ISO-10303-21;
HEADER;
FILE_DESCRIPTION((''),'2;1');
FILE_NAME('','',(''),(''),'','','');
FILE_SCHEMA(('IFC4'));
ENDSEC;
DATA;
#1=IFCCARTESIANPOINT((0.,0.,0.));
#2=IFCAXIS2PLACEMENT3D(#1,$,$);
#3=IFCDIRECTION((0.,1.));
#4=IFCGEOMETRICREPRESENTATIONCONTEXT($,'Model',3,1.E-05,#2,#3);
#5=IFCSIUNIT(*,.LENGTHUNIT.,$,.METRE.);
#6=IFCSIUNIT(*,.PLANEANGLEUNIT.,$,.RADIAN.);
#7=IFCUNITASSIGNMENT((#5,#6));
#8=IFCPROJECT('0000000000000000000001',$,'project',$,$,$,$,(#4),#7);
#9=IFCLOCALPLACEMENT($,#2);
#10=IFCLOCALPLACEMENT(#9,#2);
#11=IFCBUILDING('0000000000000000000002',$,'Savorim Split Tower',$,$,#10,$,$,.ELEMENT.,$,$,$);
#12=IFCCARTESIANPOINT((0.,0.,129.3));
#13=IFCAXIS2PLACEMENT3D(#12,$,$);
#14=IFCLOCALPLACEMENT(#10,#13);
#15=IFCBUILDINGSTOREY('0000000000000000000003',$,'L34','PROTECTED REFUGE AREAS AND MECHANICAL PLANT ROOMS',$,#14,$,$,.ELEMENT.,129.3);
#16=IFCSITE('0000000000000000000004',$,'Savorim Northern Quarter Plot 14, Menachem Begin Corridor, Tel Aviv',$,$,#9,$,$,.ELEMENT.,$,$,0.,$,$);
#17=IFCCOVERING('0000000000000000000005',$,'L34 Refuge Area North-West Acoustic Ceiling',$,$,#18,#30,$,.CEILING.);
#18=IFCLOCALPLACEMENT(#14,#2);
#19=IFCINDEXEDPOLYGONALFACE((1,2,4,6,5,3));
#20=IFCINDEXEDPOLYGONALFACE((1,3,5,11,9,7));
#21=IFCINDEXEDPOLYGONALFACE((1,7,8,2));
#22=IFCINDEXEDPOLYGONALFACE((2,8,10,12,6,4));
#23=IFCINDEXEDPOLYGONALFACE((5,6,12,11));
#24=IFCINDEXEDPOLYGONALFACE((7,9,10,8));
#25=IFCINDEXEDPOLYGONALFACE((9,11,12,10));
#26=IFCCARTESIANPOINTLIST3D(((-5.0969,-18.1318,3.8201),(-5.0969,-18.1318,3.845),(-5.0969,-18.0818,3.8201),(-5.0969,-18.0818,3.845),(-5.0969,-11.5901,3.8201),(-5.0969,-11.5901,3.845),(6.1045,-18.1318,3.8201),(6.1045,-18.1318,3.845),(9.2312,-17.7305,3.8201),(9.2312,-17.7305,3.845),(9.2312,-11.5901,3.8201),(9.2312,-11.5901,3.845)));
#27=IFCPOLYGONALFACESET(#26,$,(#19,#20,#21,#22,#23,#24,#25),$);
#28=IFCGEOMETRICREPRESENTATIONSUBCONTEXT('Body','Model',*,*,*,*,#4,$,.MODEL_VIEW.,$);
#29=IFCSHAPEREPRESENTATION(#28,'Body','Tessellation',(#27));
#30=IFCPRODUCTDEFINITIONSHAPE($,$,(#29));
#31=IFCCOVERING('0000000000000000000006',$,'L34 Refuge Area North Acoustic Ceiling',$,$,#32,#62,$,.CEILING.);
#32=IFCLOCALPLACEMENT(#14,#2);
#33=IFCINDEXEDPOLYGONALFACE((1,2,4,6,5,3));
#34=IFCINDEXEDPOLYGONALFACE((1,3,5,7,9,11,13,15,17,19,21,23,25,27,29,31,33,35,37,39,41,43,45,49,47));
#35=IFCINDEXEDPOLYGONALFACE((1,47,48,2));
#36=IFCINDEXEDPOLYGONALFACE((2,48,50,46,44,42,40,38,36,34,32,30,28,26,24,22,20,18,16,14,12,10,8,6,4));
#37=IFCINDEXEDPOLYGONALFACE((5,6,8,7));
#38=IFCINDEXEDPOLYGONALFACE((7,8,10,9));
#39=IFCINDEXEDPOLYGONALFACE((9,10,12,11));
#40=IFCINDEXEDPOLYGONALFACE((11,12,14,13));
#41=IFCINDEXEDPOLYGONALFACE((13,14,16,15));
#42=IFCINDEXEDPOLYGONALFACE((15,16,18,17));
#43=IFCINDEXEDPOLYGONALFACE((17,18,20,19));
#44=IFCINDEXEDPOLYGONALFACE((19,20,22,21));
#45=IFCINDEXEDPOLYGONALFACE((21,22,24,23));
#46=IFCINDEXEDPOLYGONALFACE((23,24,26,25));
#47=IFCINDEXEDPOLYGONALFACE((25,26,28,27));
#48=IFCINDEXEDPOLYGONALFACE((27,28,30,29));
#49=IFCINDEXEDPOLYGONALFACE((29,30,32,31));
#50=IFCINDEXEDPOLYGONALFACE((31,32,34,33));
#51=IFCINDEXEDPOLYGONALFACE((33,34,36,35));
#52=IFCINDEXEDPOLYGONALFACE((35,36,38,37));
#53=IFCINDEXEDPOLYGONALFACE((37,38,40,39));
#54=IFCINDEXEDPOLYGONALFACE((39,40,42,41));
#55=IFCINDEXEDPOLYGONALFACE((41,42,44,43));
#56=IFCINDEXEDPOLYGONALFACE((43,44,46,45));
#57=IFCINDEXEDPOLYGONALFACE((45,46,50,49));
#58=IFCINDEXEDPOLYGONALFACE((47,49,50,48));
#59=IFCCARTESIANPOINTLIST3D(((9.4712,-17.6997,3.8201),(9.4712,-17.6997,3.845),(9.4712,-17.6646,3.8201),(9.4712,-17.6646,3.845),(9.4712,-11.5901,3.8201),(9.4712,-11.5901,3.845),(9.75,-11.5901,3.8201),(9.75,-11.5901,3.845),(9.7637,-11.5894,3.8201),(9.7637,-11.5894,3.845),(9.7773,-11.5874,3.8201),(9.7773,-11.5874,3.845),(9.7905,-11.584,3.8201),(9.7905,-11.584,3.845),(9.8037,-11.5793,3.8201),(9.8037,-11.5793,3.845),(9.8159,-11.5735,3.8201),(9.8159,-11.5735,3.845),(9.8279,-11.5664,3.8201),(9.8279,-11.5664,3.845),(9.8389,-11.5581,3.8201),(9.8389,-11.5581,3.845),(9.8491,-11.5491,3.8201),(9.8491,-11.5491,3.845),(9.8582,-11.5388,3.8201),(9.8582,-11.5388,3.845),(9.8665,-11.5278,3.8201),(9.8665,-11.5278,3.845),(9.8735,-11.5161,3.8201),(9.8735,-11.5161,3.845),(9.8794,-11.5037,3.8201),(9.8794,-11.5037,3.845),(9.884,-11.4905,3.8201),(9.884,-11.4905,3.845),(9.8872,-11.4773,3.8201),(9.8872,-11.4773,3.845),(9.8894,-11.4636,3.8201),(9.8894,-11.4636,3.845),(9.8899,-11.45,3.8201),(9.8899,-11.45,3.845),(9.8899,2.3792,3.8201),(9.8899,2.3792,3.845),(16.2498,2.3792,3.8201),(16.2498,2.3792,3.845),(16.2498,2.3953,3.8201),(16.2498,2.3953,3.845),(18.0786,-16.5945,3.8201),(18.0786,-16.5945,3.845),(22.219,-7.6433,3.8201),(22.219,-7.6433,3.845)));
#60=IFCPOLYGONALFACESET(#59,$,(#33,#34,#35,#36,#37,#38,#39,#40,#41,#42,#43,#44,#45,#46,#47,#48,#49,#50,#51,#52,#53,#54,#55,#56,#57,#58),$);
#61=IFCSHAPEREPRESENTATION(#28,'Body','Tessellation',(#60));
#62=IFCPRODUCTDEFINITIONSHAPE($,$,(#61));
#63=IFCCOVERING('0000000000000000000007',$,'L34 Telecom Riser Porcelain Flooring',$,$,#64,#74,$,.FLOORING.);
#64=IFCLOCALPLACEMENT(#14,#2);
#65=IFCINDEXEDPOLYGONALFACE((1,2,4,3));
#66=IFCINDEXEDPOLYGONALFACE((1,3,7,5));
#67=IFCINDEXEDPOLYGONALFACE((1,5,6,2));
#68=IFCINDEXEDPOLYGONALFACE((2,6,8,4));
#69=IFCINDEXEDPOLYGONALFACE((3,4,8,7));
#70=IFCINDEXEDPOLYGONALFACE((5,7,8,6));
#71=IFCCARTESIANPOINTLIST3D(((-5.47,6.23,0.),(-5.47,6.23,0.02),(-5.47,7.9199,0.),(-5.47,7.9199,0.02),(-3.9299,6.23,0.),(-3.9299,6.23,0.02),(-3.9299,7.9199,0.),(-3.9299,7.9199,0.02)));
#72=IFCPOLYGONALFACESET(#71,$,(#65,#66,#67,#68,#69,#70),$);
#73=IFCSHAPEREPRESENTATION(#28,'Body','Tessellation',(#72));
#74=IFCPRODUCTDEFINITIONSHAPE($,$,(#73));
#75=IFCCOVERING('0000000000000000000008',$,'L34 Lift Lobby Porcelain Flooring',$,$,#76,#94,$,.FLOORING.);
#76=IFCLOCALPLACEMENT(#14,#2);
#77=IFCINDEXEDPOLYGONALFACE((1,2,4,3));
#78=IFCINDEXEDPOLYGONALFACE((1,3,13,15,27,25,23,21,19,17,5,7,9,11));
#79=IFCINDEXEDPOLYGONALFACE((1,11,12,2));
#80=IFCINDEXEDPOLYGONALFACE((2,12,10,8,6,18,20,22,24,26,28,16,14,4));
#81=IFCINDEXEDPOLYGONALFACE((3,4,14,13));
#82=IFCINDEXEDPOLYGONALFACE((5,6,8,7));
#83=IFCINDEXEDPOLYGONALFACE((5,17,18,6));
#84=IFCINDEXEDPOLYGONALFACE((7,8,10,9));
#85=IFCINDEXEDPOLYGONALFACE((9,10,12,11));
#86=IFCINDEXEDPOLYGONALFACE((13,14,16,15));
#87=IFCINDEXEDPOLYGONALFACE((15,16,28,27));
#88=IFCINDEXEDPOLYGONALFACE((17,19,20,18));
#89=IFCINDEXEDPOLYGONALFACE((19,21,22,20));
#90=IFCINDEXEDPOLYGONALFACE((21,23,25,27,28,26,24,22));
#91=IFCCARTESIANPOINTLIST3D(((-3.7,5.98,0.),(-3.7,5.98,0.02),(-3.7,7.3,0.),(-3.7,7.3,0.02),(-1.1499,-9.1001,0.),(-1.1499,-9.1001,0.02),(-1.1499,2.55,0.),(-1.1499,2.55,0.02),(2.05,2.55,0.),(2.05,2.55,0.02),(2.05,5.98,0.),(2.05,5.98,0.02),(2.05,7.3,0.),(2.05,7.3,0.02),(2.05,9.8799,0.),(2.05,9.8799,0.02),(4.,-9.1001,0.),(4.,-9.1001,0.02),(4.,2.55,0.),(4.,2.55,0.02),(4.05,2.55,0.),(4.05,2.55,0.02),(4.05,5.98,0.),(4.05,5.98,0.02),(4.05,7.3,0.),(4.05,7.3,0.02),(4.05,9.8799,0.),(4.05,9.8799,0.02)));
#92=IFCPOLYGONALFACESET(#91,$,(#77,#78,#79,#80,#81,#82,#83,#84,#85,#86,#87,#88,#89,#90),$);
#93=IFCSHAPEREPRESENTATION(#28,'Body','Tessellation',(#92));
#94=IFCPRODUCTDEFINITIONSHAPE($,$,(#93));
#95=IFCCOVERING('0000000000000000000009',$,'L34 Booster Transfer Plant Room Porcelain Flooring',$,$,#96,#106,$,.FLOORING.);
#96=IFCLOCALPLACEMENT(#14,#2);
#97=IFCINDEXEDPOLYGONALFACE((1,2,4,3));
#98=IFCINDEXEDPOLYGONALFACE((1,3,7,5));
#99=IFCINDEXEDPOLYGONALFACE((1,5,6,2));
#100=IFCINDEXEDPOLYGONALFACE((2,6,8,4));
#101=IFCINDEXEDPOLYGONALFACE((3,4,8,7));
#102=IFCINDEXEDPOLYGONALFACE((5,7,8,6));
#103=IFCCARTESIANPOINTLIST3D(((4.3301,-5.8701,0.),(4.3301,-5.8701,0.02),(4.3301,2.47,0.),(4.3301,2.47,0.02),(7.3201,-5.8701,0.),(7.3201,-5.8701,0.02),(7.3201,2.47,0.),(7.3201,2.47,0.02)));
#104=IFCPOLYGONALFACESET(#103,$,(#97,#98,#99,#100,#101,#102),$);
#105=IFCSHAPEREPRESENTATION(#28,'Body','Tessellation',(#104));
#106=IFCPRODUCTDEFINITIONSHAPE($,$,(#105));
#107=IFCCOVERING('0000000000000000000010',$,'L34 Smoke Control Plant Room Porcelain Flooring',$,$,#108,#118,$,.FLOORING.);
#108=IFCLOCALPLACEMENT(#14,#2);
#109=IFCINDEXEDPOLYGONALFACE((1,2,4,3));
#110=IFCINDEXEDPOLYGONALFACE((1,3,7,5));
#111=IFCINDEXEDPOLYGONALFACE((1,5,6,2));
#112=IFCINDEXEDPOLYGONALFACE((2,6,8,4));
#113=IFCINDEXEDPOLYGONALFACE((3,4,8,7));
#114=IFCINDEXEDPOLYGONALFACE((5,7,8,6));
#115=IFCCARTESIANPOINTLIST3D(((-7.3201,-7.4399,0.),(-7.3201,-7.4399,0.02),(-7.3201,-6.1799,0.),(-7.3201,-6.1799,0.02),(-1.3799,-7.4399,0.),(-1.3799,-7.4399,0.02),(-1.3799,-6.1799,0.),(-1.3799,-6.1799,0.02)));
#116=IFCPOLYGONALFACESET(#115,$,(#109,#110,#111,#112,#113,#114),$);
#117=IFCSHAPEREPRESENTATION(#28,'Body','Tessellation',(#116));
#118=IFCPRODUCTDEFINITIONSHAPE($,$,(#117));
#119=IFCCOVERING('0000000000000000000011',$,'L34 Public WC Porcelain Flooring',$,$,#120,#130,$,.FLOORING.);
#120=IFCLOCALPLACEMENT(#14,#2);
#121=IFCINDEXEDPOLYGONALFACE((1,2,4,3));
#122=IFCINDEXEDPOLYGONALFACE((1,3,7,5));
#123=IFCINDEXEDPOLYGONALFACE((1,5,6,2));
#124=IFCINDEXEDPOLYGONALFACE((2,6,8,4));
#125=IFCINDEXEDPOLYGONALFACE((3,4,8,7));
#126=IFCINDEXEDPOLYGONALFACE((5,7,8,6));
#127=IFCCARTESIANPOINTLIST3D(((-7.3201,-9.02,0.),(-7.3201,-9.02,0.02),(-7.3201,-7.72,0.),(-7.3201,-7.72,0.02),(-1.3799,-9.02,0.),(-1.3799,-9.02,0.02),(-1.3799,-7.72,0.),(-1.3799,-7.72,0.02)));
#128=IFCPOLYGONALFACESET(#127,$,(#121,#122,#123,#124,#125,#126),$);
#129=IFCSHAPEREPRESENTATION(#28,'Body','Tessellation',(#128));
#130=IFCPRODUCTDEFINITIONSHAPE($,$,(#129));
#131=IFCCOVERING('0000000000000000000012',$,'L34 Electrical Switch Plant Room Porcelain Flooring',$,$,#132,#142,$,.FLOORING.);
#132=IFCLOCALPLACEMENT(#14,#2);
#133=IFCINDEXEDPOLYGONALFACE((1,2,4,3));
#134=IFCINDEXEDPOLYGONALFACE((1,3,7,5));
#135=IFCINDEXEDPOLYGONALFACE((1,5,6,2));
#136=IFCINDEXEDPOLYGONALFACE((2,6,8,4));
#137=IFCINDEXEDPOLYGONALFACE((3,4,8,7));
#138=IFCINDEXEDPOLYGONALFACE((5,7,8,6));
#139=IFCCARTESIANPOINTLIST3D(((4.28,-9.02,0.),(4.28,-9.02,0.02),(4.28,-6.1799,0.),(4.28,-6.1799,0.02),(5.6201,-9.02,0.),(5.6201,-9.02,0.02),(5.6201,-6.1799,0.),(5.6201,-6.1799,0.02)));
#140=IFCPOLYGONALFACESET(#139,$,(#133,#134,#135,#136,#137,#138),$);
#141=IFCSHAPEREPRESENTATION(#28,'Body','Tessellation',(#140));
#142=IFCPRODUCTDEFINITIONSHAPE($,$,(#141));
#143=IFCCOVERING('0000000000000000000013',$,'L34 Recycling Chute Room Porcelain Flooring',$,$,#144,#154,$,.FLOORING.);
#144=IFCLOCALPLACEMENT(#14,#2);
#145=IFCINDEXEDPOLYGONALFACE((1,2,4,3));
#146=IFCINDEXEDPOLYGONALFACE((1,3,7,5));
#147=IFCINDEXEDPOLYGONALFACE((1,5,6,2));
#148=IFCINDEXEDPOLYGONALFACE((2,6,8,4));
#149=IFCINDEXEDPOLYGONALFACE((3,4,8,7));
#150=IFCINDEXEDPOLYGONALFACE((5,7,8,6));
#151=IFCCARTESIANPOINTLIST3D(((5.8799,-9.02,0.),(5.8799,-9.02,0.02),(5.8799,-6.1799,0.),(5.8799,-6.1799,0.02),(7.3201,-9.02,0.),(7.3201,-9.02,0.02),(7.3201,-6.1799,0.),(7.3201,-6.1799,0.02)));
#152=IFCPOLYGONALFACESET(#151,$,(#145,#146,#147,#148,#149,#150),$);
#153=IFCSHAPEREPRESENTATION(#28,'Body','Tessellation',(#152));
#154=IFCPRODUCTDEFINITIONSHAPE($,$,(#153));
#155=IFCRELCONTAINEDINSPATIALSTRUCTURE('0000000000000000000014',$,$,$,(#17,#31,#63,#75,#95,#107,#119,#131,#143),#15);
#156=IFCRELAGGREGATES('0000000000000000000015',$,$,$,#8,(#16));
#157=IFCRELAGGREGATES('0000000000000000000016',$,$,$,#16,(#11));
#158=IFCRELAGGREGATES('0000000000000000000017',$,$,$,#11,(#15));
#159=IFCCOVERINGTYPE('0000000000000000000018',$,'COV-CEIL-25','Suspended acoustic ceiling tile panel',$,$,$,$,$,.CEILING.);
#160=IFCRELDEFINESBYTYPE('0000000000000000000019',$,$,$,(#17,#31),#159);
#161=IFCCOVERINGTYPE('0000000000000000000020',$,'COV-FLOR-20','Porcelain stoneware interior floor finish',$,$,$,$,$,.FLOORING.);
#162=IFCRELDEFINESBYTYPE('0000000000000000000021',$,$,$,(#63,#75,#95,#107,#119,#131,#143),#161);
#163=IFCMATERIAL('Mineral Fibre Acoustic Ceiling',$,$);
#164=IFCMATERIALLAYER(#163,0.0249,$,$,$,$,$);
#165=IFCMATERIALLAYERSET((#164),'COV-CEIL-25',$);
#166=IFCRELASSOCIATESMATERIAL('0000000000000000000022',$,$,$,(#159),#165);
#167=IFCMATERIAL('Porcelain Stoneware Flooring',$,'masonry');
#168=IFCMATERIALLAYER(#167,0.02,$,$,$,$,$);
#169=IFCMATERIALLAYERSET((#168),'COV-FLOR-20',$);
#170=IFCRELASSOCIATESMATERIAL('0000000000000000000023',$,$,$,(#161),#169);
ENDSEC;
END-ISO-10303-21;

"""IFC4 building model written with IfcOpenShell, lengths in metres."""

from ifc_helpers import new_model, si_unit, direction, frame, origin, place, context, subcontext, project, spatial, polyline, outline, extrude, material, layer, layer_set, type_object, element, save


model = new_model("IFC4")

# Units and contexts
model_context = context("Model", 3, precision=1e-05, world=origin(), true_north=direction((0.0, 1.0)))
body_context = subcontext(model_context, "Body", "Model", "MODEL_VIEW")
ifc_project = project(units=[si_unit("LENGTHUNIT", "METRE"), si_unit("PLANEANGLEUNIT", "RADIAN")], contexts=[model_context])

# Site, building, storey
site_placement = place(None, origin())
site = spatial("IfcSite", under=ifc_project, at=site_placement, Name="Savorim Northern Quarter Plot 14, Menachem Begin Corridor, Tel Aviv", CompositionType="ELEMENT", RefElevation=0.0)
building_placement = place(site_placement, origin())
building = spatial("IfcBuilding", under=site, at=building_placement, Name="Savorim Split Tower", CompositionType="ELEMENT")
storey_placement = place(building_placement, frame((0.0, 0.0, 129.3)))
storey = spatial("IfcBuildingStorey", under=building, at=storey_placement, Name="L34", Description="PROTECTED REFUGE AREAS AND MECHANICAL PLANT ROOMS", CompositionType="ELEMENT", Elevation=129.3)

# Coverings
ifc_material_1 = material(Name="Mineral Fibre Acoustic Ceiling")
ifc_layer_1 = layer(ifc_material_1, 0.0249)
ifc_layer_set_1 = layer_set([ifc_layer_1], Name="COV-CEIL-25")
covering_type_1 = type_object("IfcCoveringType", Name="COV-CEIL-25", Description="Suspended acoustic ceiling tile panel", PredefinedType="CEILING", material=ifc_layer_set_1)
covering_1_placement = place(storey_placement, frame((0.0, 0.0, 3.8201)))
element("IfcCovering", 1, at=covering_1_placement, inside=storey, type_object=covering_type_1, Name="L34 Refuge Area North-West Acoustic Ceiling", PredefinedType="CEILING", context=body_context, shape_type="SweptSolid", body=[
    extrude(outline(polyline([(-5.0969, -18.0818), (-5.0969, -18.1318), (6.1045, -18.1318), (9.2312, -17.7305), (9.2312, -11.5901), (-5.0969, -11.5901), (-5.0969, -18.0818)])), origin(), (0.0, 0.0, 1.0), 0.0249),
])
covering_2_placement = place(storey_placement, frame((0.0, 0.0, 3.8201)))
element("IfcCovering", 2, at=covering_2_placement, inside=storey, type_object=covering_type_1, Name="L34 Refuge Area North Acoustic Ceiling", PredefinedType="CEILING", context=body_context, shape_type="SweptSolid", body=[
    extrude(outline(polyline([(9.4712, -17.6997), (18.0786, -16.5945), (22.219, -7.6433), (16.2498, 2.3953), (16.2498, 2.3792), (9.8899, 2.3792), (9.8899, -11.45), (9.8894, -11.4636), (9.8872, -11.4773), (9.884, -11.4905), (9.8794, -11.5037), (9.8735, -11.5161), (9.8665, -11.5278), (9.8582, -11.5388), (9.8491, -11.5491), (9.8389, -11.5581), (9.8279, -11.5664), (9.8159, -11.5735), (9.8037, -11.5793), (9.7905, -11.584), (9.7773, -11.5874), (9.7637, -11.5894), (9.75, -11.5901), (9.4712, -11.5901), (9.4712, -17.6646), (9.4712, -17.6997)])), origin(), (0.0, 0.0, 1.0), 0.0249),
])
ifc_material_2 = material(Name="Porcelain Stoneware Flooring", Category="masonry")
ifc_layer_2 = layer(ifc_material_2, 0.02)
ifc_layer_set_2 = layer_set([ifc_layer_2], Name="COV-FLOR-20")
covering_type_2 = type_object("IfcCoveringType", Name="COV-FLOR-20", Description="Porcelain stoneware interior floor finish", PredefinedType="FLOORING", material=ifc_layer_set_2)
covering_3_placement = place(storey_placement, origin())
element("IfcCovering", 3, at=covering_3_placement, inside=storey, type_object=covering_type_2, Name="L34 Telecom Riser Porcelain Flooring", PredefinedType="FLOORING", context=body_context, shape_type="SweptSolid", body=[
    extrude(outline(polyline([(-5.47, 7.9199), (-5.47, 6.23), (-3.9299, 6.23), (-3.9299, 7.9199), (-5.47, 7.9199)])), origin(), (0.0, 0.0, 1.0), 0.02),
])
covering_4_placement = place(storey_placement, origin())
element("IfcCovering", 4, at=covering_4_placement, inside=storey, type_object=covering_type_2, Name="L34 Lift Lobby Porcelain Flooring", PredefinedType="FLOORING", context=body_context, shape_type="SweptSolid", body=[
    extrude(outline(polyline([(2.05, 2.55), (-1.1499, 2.55), (-1.1499, -9.1001), (4.0, -9.1001), (4.0, 2.55), (4.05, 2.55), (4.05, 5.98), (4.05, 7.3), (4.05, 9.8799), (2.05, 9.8799), (2.05, 7.3), (-3.7, 7.3), (-3.7, 5.98), (2.05, 5.98), (2.05, 2.55)])), origin(), (0.0, 0.0, 1.0), 0.02),
])
covering_5_placement = place(storey_placement, origin())
element("IfcCovering", 5, at=covering_5_placement, inside=storey, type_object=covering_type_2, Name="L34 Booster Transfer Plant Room Porcelain Flooring", PredefinedType="FLOORING", context=body_context, shape_type="SweptSolid", body=[
    extrude(outline(polyline([(4.3301, 2.47), (4.3301, -5.8701), (7.3201, -5.8701), (7.3201, 2.47), (4.3301, 2.47)])), origin(), (0.0, 0.0, 1.0), 0.02),
])
covering_6_placement = place(storey_placement, origin())
element("IfcCovering", 6, at=covering_6_placement, inside=storey, type_object=covering_type_2, Name="L34 Smoke Control Plant Room Porcelain Flooring", PredefinedType="FLOORING", context=body_context, shape_type="SweptSolid", body=[
    extrude(outline(polyline([(-7.3201, -6.1799), (-7.3201, -7.4399), (-1.3799, -7.4399), (-1.3799, -6.1799), (-7.3201, -6.1799)])), origin(), (0.0, 0.0, 1.0), 0.02),
])
covering_7_placement = place(storey_placement, origin())
element("IfcCovering", 7, at=covering_7_placement, inside=storey, type_object=covering_type_2, Name="L34 Public WC Porcelain Flooring", PredefinedType="FLOORING", context=body_context, shape_type="SweptSolid", body=[
    extrude(outline(polyline([(-7.3201, -7.72), (-7.3201, -9.02), (-1.3799, -9.02), (-1.3799, -7.72), (-7.3201, -7.72)])), origin(), (0.0, 0.0, 1.0), 0.02),
])
covering_8_placement = place(storey_placement, origin())
element("IfcCovering", 8, at=covering_8_placement, inside=storey, type_object=covering_type_2, Name="L34 Electrical Switch Plant Room Porcelain Flooring", PredefinedType="FLOORING", context=body_context, shape_type="SweptSolid", body=[
    extrude(outline(polyline([(4.28, -6.1799), (4.28, -9.02), (5.6201, -9.02), (5.6201, -6.1799), (4.28, -6.1799)])), origin(), (0.0, 0.0, 1.0), 0.02),
])
covering_9_placement = place(storey_placement, origin())
element("IfcCovering", 9, at=covering_9_placement, inside=storey, type_object=covering_type_2, Name="L34 Recycling Chute Room Porcelain Flooring", PredefinedType="FLOORING", context=body_context, shape_type="SweptSolid", body=[
    extrude(outline(polyline([(5.8799, -6.1799), (5.8799, -9.02), (7.3201, -9.02), (7.3201, -6.1799), (5.8799, -6.1799)])), origin(), (0.0, 0.0, 1.0), 0.02),
])

save(model, "model.ifc")
